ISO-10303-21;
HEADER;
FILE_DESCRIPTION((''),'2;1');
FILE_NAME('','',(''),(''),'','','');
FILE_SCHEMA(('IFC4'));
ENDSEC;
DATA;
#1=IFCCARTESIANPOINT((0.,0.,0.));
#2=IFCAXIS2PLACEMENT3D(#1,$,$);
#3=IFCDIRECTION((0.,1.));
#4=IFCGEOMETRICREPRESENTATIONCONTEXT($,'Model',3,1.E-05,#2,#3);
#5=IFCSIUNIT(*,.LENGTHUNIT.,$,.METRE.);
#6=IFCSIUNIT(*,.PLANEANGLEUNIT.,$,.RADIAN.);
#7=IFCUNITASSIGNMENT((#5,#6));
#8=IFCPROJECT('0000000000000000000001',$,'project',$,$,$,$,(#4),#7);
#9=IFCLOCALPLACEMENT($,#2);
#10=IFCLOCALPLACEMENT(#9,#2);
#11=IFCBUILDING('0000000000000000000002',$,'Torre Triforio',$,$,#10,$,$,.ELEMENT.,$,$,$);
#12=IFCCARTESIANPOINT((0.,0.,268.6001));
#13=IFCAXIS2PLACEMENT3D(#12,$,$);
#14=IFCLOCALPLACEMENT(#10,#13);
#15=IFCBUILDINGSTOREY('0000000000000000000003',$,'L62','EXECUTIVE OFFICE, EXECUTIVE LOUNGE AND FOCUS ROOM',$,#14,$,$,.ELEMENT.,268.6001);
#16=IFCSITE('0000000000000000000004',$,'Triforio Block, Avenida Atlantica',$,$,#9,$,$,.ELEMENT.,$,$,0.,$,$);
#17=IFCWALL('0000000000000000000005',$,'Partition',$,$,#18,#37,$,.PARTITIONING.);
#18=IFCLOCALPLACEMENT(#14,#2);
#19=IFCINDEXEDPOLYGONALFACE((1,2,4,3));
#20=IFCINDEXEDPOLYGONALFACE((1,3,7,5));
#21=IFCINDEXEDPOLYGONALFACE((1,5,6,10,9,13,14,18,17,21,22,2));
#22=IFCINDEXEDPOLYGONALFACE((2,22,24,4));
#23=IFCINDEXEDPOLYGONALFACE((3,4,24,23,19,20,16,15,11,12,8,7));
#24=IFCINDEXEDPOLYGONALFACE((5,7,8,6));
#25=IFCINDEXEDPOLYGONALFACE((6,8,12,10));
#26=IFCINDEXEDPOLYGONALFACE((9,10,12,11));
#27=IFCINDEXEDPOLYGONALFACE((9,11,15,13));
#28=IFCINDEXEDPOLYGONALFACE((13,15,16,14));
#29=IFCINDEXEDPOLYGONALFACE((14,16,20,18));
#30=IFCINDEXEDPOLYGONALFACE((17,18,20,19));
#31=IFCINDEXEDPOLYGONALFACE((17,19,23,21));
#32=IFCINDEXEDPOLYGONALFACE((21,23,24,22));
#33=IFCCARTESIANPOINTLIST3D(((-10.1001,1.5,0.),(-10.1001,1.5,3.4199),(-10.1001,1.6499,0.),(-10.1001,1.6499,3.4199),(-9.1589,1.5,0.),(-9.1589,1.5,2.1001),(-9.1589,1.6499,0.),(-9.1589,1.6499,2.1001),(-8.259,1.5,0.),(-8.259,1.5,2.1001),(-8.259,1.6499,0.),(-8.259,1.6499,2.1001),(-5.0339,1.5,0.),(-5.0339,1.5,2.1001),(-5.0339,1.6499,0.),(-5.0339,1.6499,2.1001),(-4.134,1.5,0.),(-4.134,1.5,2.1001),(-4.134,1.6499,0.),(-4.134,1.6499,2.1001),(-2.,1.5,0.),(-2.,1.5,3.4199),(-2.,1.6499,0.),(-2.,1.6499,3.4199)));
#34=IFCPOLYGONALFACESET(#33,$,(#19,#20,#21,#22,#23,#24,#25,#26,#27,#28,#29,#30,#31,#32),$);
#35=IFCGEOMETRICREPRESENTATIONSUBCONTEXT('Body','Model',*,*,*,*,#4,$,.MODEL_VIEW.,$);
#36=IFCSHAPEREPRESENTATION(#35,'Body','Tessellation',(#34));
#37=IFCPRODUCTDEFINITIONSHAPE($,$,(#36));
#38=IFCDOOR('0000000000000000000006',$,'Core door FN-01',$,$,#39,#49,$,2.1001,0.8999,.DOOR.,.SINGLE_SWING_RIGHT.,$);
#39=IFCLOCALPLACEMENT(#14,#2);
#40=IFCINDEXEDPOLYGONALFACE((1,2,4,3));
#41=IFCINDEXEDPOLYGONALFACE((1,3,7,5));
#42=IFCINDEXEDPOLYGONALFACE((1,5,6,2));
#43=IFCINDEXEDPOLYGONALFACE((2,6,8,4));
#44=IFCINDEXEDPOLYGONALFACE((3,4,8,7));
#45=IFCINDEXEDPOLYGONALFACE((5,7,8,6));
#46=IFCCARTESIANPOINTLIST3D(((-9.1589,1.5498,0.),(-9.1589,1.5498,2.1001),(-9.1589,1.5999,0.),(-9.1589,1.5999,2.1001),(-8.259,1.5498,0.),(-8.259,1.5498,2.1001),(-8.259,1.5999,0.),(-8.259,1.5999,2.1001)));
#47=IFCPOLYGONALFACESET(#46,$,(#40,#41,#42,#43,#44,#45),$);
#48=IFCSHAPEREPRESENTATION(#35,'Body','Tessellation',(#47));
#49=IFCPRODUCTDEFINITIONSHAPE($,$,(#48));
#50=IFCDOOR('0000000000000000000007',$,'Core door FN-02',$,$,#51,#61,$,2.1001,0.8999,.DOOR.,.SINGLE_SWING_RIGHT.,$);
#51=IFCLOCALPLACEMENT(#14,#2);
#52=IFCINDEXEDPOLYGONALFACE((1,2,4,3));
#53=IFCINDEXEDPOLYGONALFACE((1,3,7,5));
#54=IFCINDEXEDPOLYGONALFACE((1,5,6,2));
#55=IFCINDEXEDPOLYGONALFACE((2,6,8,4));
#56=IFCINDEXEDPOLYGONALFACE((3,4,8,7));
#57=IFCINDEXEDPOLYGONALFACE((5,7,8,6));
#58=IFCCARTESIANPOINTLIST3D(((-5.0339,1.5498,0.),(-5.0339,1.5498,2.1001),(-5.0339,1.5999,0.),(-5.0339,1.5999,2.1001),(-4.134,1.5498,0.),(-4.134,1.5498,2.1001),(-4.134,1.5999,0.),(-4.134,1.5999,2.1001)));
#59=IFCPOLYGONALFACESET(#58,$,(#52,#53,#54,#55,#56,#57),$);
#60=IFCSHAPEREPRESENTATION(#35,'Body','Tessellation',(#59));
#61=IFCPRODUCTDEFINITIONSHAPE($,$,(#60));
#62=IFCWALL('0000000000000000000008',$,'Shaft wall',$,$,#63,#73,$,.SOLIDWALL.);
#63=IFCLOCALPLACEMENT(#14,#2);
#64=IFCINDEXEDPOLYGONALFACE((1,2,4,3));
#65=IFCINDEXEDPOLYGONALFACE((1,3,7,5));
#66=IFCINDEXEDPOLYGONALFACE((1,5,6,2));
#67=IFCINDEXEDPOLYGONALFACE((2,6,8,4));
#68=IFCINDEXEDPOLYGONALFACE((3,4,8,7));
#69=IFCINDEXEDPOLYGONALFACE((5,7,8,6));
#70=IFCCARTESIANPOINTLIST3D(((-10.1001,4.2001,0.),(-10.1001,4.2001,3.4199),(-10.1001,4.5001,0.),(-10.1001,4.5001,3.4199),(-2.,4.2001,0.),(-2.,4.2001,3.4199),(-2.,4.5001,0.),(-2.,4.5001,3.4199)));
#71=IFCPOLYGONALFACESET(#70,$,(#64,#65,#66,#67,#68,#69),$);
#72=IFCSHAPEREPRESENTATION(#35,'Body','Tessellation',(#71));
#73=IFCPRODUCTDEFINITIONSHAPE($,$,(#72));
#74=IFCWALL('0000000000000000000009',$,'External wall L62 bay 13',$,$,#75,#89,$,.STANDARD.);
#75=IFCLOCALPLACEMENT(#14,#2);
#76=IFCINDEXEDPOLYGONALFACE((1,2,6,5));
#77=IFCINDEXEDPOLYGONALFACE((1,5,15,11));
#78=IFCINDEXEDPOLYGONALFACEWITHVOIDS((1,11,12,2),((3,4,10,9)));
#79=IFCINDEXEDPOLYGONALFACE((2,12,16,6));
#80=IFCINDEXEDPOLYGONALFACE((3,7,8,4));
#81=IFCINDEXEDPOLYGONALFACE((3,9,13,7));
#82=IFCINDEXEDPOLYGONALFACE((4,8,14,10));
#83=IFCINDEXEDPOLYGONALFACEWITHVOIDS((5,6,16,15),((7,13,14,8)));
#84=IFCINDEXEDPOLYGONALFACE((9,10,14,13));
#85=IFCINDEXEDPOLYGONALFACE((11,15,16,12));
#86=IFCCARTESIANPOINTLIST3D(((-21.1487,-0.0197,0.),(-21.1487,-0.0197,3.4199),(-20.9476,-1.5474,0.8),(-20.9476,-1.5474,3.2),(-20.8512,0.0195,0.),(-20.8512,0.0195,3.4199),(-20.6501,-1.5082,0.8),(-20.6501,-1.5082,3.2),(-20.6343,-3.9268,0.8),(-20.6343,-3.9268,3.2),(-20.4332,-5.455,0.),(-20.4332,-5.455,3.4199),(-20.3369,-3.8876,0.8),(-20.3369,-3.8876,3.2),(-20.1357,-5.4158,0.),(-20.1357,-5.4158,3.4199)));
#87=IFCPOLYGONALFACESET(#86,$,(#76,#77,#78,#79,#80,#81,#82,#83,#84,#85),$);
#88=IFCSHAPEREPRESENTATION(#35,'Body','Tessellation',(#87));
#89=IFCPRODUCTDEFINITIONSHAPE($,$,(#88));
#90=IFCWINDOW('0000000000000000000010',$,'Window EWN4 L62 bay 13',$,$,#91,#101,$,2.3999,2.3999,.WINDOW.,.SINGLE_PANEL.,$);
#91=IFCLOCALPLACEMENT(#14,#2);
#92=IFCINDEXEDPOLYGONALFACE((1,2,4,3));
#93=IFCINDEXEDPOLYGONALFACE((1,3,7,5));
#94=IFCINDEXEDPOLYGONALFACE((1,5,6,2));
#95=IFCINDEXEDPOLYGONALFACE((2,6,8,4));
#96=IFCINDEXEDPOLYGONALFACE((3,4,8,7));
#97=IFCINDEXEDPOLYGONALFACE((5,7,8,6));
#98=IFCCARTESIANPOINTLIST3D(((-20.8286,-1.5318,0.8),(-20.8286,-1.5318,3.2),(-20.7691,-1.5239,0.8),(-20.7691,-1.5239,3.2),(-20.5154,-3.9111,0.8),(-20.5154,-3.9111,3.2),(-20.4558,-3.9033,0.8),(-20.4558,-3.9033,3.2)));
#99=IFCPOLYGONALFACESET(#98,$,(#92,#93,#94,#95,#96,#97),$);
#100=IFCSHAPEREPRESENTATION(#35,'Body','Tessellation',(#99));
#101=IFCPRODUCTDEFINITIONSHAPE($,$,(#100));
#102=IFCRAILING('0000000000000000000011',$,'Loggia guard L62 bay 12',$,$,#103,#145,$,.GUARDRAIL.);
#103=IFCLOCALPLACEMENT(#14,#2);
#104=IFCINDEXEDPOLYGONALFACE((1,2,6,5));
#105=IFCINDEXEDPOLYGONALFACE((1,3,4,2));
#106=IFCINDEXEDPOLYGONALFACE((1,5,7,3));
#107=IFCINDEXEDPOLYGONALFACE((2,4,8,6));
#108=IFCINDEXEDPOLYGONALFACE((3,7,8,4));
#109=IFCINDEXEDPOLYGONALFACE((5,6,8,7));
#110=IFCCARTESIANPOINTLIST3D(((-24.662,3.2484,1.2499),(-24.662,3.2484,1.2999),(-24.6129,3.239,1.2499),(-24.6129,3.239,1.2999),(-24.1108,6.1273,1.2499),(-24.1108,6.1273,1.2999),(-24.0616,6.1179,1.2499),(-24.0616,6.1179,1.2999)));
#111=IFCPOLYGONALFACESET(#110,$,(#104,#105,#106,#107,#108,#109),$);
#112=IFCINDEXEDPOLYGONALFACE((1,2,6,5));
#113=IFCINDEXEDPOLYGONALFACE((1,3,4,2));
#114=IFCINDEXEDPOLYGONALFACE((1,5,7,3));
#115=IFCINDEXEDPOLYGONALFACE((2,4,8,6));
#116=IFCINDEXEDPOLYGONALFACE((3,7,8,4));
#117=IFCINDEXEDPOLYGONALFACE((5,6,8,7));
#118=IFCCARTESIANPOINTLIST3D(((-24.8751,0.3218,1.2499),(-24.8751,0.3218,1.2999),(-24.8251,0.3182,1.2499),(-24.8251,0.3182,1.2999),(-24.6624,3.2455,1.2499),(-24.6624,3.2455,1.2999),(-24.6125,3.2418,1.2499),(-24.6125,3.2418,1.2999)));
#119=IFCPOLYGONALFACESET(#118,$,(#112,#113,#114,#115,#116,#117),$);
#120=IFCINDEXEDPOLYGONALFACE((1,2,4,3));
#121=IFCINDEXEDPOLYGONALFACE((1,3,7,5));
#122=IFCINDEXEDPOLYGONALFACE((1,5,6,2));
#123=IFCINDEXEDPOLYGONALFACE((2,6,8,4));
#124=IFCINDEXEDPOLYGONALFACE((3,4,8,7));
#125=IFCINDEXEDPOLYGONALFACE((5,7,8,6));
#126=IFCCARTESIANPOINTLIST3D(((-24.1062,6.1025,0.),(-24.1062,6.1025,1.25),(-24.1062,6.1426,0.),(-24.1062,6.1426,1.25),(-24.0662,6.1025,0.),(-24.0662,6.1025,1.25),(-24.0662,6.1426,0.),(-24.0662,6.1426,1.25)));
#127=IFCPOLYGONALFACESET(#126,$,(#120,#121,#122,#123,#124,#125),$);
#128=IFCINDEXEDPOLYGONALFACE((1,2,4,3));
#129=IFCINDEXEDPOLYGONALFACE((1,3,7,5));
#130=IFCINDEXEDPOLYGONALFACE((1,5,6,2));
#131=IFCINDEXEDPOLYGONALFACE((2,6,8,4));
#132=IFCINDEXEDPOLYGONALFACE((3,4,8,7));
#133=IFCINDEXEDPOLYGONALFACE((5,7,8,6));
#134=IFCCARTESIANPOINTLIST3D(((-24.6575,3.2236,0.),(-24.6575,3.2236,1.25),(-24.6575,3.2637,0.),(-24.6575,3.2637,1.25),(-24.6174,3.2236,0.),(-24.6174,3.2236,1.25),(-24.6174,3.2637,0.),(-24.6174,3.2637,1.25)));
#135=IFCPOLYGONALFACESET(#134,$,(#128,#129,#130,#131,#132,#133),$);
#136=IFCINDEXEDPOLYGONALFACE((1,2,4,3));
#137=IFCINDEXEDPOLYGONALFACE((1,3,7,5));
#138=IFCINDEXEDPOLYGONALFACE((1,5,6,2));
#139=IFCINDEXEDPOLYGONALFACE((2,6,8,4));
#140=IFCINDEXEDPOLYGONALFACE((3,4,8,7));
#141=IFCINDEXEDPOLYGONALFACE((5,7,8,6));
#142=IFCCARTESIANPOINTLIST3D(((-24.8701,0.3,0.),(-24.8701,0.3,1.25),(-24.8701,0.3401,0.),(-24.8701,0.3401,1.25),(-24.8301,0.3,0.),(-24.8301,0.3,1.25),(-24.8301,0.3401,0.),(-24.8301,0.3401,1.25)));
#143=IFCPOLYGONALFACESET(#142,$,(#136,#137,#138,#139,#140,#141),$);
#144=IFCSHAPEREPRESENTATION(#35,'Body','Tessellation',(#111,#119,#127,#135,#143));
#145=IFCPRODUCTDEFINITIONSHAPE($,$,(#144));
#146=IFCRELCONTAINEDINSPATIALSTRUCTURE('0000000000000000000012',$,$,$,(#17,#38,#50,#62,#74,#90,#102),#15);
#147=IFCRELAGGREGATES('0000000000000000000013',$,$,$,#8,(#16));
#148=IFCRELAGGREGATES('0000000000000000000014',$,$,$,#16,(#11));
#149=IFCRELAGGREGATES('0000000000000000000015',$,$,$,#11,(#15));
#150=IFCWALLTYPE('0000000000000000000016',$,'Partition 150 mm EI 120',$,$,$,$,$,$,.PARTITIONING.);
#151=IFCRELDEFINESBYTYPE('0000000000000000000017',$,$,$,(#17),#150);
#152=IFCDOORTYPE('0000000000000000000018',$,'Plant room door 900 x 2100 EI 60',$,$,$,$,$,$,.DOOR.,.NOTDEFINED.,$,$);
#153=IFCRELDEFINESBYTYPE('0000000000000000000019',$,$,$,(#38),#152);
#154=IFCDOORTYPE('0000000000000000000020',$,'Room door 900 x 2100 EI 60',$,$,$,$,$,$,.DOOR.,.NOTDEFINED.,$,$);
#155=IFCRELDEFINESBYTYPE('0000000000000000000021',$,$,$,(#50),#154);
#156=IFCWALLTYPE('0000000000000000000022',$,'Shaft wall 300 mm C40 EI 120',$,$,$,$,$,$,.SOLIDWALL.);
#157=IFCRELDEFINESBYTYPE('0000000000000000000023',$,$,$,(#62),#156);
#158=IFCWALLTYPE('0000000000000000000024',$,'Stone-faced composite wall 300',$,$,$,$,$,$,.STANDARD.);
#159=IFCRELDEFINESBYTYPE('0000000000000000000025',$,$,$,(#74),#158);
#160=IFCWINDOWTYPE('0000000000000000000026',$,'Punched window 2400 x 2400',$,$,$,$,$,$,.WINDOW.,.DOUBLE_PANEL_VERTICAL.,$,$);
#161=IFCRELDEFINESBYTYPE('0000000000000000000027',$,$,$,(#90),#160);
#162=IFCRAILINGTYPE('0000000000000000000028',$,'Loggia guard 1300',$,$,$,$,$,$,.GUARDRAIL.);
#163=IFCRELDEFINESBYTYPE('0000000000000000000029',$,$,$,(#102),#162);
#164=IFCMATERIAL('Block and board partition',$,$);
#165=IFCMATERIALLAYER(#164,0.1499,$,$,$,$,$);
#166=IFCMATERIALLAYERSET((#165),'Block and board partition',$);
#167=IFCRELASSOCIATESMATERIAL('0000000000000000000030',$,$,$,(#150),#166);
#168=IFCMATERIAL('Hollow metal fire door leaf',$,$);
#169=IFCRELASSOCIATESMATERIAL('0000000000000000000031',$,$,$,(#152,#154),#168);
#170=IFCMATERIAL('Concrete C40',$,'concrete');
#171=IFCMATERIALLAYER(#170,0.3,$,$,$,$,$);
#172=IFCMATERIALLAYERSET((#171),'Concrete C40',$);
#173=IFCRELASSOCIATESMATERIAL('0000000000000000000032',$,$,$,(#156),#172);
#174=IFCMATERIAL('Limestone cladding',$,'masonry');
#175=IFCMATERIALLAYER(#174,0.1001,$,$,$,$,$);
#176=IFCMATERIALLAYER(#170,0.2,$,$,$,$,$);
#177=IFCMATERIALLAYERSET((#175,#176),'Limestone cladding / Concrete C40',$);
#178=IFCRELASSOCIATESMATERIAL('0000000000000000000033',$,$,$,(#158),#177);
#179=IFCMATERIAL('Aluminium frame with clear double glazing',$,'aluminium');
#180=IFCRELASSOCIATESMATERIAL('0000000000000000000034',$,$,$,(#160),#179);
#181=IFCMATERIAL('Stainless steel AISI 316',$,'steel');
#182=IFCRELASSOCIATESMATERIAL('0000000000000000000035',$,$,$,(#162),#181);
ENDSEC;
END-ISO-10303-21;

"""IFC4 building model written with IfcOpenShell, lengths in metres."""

from ifc_helpers import new_model, si_unit, direction, frame, frame_2d, origin, origin_2d, place, context, subcontext, project, spatial, rectangle, extrude, material, layer, layer_set, type_object, element, fill, save


model = new_model("IFC4")

# Units and contexts
model_context = context("Model", 3, precision=1e-05, world=origin(), true_north=direction((0.0, 1.0)))
body_context = subcontext(model_context, "Body", "Model", "MODEL_VIEW")
ifc_project = project(units=[si_unit("LENGTHUNIT", "METRE"), si_unit("PLANEANGLEUNIT", "RADIAN")], contexts=[model_context])

# Site, building, storey
site_placement = place(None, origin())
site = spatial("IfcSite", under=ifc_project, at=site_placement, Name="Triforio Block, Avenida Atlantica", CompositionType="ELEMENT", RefElevation=0.0)
building_placement = place(site_placement, origin())
building = spatial("IfcBuilding", under=site, at=building_placement, Name="Torre Triforio", CompositionType="ELEMENT")
storey_placement = place(building_placement, frame((0.0, 0.0, 268.6001)))
storey = spatial("IfcBuildingStorey", under=building, at=storey_placement, Name="L62", Description="EXECUTIVE OFFICE, EXECUTIVE LOUNGE AND FOCUS ROOM", CompositionType="ELEMENT", Elevation=268.6001)

# Shared definitions
ifc_material_1 = material(Name="Concrete C40", Category="concrete")

# Shared definitions
ifc_material_2 = material(Name="Hollow metal fire door leaf")

# Wall, openings, doors
ifc_material_3 = material(Name="Block and board partition")
ifc_layer_1 = layer(ifc_material_3, 0.1499)
ifc_layer_set_1 = layer_set([ifc_layer_1], Name="Block and board partition")
wall_type_1 = type_object("IfcWallType", Name="Partition 150 mm EI 120", PredefinedType="PARTITIONING", material=ifc_layer_set_1)
wall_1_placement = place(storey_placement, frame((-10.1001, 1.575, 0.0), z_axis=(0.0, 0.0, 1.0), x_axis=(1.0, 0.0, 0.0)))
wall_1 = element("IfcWall", 1, at=wall_1_placement, inside=storey, type_object=wall_type_1, Name="Partition", PredefinedType="PARTITIONING", context=body_context, shape_type="SweptSolid", body=[
    extrude(rectangle(XDim=8.1001, YDim=0.1499, at=frame_2d((4.05, 0.0))), origin(), (0.0, 0.0, 1.0), 3.4199),
])
opening_1_placement = place(wall_1_placement, frame((0.9412, 0.0, 0.0)))
opening_1 = element("IfcOpeningElement", 2, at=opening_1_placement, cuts=wall_1, PredefinedType="OPENING", context=body_context, shape_type="SweptSolid", body=[
    extrude(rectangle(XDim=0.8999, YDim=2.1001, at=frame_2d((0.45, 1.05))), frame((0.0, 0.085, 0.0), z_axis=(0.0, -1.0, 0.0), x_axis=(1.0, 0.0, 0.0)), (0.0, 0.0, 1.0), 0.1699),
])
opening_2_placement = place(wall_1_placement, frame((5.0662, 0.0, 0.0)))
opening_2 = element("IfcOpeningElement", 3, at=opening_2_placement, cuts=wall_1, PredefinedType="OPENING", context=body_context, shape_type="SweptSolid", body=[
    extrude(rectangle(XDim=0.8999, YDim=2.1001, at=frame_2d((0.45, 1.05))), frame((0.0, 0.085, 0.0), z_axis=(0.0, -1.0, 0.0), x_axis=(1.0, 0.0, 0.0)), (0.0, 0.0, 1.0), 0.1699),
])
door_type_1 = type_object("IfcDoorType", Name="Plant room door 900 x 2100 EI 60", OperationType="NOTDEFINED", PredefinedType="DOOR", material=ifc_material_2)
door_1_placement = place(opening_1_placement, origin())
door_1 = element("IfcDoor", 4, at=door_1_placement, inside=storey, type_object=door_type_1, Name="Core door FN-01", OperationType="SINGLE_SWING_RIGHT", OverallHeight=2.1001, OverallWidth=0.8999, PredefinedType="DOOR", context=body_context, shape_type="SweptSolid", body=[
    extrude(rectangle(XDim=0.8999, YDim=2.1001, at=frame_2d((0.45, 1.05))), frame((0.0, 0.0249, 0.0), z_axis=(0.0, -1.0, 0.0), x_axis=(1.0, 0.0, 0.0)), (0.0, 0.0, 1.0), 0.05),
])
fill(opening_1, door_1)
door_type_2 = type_object("IfcDoorType", Name="Room door 900 x 2100 EI 60", OperationType="NOTDEFINED", PredefinedType="DOOR", material=ifc_material_2)
door_2_placement = place(opening_2_placement, origin())
door_2 = element("IfcDoor", 5, at=door_2_placement, inside=storey, type_object=door_type_2, Name="Core door FN-02", OperationType="SINGLE_SWING_RIGHT", OverallHeight=2.1001, OverallWidth=0.8999, PredefinedType="DOOR", context=body_context, shape_type="SweptSolid", body=[
    extrude(rectangle(XDim=0.8999, YDim=2.1001, at=frame_2d((0.45, 1.05))), frame((0.0, 0.0249, 0.0), z_axis=(0.0, -1.0, 0.0), x_axis=(1.0, 0.0, 0.0)), (0.0, 0.0, 1.0), 0.05),
])
fill(opening_2, door_2)

# Wall
ifc_layer_2 = layer(ifc_material_1, 0.3)
ifc_layer_set_2 = layer_set([ifc_layer_2], Name="Concrete C40")
wall_type_2 = type_object("IfcWallType", Name="Shaft wall 300 mm C40 EI 120", PredefinedType="SOLIDWALL", material=ifc_layer_set_2)
wall_2_placement = place(storey_placement, frame((-10.1001, 4.3501, 0.0), z_axis=(0.0, 0.0, 1.0), x_axis=(1.0, 0.0, 0.0)))
element("IfcWall", 6, at=wall_2_placement, inside=storey, type_object=wall_type_2, Name="Shaft wall", PredefinedType="SOLIDWALL", context=body_context, shape_type="SweptSolid", body=[
    extrude(rectangle(XDim=8.1001, YDim=0.3, at=frame_2d((4.05, 0.0))), origin(), (0.0, 0.0, 1.0), 3.4199),
])

# Shared definitions
ifc_material_4 = material(Name="Limestone cladding", Category="masonry")
ifc_layer_3 = layer(ifc_material_4, 0.1001)
ifc_layer_4 = layer(ifc_material_1, 0.2)
ifc_layer_set_3 = layer_set([ifc_layer_3, ifc_layer_4], Name="Limestone cladding / Concrete C40")
wall_type_3 = type_object("IfcWallType", Name="Stone-faced composite wall 300", PredefinedType="STANDARD", material=ifc_layer_set_3)
ifc_material_5 = material(Name="Aluminium frame with clear double glazing", Category="aluminium")

# Wall, opening, window
wall_3_placement = place(storey_placement, frame((-21.0, 0.0, 0.0), z_axis=(0.0, 0.0, 1.0), x_axis=(0.130527, -0.991445, 0.0)))
wall_3 = element("IfcWall", 7, at=wall_3_placement, inside=storey, type_object=wall_type_3, Name="External wall L62 bay 13", PredefinedType="STANDARD", context=body_context, shape_type="SweptSolid", body=[
    extrude(rectangle(XDim=5.4822, YDim=0.3, at=frame_2d((2.7412, 0.0))), origin(), (0.0, 0.0, 1.0), 3.4199),
])
opening_3_placement = place(wall_3_placement, frame((1.541, 0.0, 0.8)))
opening_3 = element("IfcOpeningElement", 8, at=opening_3_placement, cuts=wall_3, PredefinedType="OPENING", context=body_context, shape_type="SweptSolid", body=[
    extrude(rectangle(XDim=2.3999, YDim=2.3999, at=frame_2d((1.2, 1.2))), frame((0.0, 0.1599, 0.0), z_axis=(0.0, -1.0, 0.0), x_axis=(1.0, 0.0, 0.0)), (0.0, 0.0, 1.0), 0.3201),
])
window_type_1 = type_object("IfcWindowType", Name="Punched window 2400 x 2400", PartitioningType="DOUBLE_PANEL_VERTICAL", PredefinedType="WINDOW", material=ifc_material_5)
window_1_placement = place(opening_3_placement, origin())
window_1 = element("IfcWindow", 9, at=window_1_placement, inside=storey, type_object=window_type_1, Name="Window EWN4 L62 bay 13", OverallHeight=2.3999, OverallWidth=2.3999, PartitioningType="SINGLE_PANEL", PredefinedType="WINDOW", context=body_context, shape_type="SweptSolid", body=[
    extrude(rectangle(XDim=2.3999, YDim=2.3999, at=frame_2d((1.2, 1.2))), frame((0.0, 0.03, 0.0), z_axis=(0.0, -1.0, 0.0), x_axis=(1.0, 0.0, 0.0)), (0.0, 0.0, 1.0), 0.0601),
])
fill(opening_3, window_1)

# Railing
ifc_material_6 = material(Name="Stainless steel AISI 316", Category="steel")
railing_type = type_object("IfcRailingType", Name="Loggia guard 1300", PredefinedType="GUARDRAIL", material=ifc_material_6)
railing_placement = place(storey_placement, frame((-24.0862, 6.1226, 0.0)))
element("IfcRailing", 10, at=railing_placement, inside=storey, type_object=railing_type, Name="Loggia guard L62 bay 12", PredefinedType="GUARDRAIL", context=body_context, shape_type="SweptSolid", body=[
    extrude(rectangle(XDim=0.05, YDim=0.05, at=origin_2d()), frame((0.0, 0.0, 1.2749), z_axis=(-0.188069, -0.982156, 0.0), x_axis=(0.982156, -0.188069, 0.0)), (0.0, 0.0, 1.0), 2.9312),
    extrude(rectangle(XDim=0.05, YDim=0.05, at=origin_2d()), frame((-0.5513, -2.8789, 1.2749), z_axis=(-0.072543, -0.997365, 0.0), x_axis=(0.997365, -0.072543, 0.0)), (0.0, 0.0, 1.0), 2.9314),
    extrude(rectangle(XDim=0.04, YDim=0.04, at=origin_2d()), origin(), (0.0, 0.0, 1.0), 1.25),
    extrude(rectangle(XDim=0.04, YDim=0.04, at=origin_2d()), frame((-0.5513, -2.8789, 0.0)), (0.0, 0.0, 1.0), 1.25),
    extrude(rectangle(XDim=0.04, YDim=0.04, at=origin_2d()), frame((-0.7639, -5.8025, 0.0)), (0.0, 0.0, 1.0), 1.25),
])

save(model, "model.ifc")
